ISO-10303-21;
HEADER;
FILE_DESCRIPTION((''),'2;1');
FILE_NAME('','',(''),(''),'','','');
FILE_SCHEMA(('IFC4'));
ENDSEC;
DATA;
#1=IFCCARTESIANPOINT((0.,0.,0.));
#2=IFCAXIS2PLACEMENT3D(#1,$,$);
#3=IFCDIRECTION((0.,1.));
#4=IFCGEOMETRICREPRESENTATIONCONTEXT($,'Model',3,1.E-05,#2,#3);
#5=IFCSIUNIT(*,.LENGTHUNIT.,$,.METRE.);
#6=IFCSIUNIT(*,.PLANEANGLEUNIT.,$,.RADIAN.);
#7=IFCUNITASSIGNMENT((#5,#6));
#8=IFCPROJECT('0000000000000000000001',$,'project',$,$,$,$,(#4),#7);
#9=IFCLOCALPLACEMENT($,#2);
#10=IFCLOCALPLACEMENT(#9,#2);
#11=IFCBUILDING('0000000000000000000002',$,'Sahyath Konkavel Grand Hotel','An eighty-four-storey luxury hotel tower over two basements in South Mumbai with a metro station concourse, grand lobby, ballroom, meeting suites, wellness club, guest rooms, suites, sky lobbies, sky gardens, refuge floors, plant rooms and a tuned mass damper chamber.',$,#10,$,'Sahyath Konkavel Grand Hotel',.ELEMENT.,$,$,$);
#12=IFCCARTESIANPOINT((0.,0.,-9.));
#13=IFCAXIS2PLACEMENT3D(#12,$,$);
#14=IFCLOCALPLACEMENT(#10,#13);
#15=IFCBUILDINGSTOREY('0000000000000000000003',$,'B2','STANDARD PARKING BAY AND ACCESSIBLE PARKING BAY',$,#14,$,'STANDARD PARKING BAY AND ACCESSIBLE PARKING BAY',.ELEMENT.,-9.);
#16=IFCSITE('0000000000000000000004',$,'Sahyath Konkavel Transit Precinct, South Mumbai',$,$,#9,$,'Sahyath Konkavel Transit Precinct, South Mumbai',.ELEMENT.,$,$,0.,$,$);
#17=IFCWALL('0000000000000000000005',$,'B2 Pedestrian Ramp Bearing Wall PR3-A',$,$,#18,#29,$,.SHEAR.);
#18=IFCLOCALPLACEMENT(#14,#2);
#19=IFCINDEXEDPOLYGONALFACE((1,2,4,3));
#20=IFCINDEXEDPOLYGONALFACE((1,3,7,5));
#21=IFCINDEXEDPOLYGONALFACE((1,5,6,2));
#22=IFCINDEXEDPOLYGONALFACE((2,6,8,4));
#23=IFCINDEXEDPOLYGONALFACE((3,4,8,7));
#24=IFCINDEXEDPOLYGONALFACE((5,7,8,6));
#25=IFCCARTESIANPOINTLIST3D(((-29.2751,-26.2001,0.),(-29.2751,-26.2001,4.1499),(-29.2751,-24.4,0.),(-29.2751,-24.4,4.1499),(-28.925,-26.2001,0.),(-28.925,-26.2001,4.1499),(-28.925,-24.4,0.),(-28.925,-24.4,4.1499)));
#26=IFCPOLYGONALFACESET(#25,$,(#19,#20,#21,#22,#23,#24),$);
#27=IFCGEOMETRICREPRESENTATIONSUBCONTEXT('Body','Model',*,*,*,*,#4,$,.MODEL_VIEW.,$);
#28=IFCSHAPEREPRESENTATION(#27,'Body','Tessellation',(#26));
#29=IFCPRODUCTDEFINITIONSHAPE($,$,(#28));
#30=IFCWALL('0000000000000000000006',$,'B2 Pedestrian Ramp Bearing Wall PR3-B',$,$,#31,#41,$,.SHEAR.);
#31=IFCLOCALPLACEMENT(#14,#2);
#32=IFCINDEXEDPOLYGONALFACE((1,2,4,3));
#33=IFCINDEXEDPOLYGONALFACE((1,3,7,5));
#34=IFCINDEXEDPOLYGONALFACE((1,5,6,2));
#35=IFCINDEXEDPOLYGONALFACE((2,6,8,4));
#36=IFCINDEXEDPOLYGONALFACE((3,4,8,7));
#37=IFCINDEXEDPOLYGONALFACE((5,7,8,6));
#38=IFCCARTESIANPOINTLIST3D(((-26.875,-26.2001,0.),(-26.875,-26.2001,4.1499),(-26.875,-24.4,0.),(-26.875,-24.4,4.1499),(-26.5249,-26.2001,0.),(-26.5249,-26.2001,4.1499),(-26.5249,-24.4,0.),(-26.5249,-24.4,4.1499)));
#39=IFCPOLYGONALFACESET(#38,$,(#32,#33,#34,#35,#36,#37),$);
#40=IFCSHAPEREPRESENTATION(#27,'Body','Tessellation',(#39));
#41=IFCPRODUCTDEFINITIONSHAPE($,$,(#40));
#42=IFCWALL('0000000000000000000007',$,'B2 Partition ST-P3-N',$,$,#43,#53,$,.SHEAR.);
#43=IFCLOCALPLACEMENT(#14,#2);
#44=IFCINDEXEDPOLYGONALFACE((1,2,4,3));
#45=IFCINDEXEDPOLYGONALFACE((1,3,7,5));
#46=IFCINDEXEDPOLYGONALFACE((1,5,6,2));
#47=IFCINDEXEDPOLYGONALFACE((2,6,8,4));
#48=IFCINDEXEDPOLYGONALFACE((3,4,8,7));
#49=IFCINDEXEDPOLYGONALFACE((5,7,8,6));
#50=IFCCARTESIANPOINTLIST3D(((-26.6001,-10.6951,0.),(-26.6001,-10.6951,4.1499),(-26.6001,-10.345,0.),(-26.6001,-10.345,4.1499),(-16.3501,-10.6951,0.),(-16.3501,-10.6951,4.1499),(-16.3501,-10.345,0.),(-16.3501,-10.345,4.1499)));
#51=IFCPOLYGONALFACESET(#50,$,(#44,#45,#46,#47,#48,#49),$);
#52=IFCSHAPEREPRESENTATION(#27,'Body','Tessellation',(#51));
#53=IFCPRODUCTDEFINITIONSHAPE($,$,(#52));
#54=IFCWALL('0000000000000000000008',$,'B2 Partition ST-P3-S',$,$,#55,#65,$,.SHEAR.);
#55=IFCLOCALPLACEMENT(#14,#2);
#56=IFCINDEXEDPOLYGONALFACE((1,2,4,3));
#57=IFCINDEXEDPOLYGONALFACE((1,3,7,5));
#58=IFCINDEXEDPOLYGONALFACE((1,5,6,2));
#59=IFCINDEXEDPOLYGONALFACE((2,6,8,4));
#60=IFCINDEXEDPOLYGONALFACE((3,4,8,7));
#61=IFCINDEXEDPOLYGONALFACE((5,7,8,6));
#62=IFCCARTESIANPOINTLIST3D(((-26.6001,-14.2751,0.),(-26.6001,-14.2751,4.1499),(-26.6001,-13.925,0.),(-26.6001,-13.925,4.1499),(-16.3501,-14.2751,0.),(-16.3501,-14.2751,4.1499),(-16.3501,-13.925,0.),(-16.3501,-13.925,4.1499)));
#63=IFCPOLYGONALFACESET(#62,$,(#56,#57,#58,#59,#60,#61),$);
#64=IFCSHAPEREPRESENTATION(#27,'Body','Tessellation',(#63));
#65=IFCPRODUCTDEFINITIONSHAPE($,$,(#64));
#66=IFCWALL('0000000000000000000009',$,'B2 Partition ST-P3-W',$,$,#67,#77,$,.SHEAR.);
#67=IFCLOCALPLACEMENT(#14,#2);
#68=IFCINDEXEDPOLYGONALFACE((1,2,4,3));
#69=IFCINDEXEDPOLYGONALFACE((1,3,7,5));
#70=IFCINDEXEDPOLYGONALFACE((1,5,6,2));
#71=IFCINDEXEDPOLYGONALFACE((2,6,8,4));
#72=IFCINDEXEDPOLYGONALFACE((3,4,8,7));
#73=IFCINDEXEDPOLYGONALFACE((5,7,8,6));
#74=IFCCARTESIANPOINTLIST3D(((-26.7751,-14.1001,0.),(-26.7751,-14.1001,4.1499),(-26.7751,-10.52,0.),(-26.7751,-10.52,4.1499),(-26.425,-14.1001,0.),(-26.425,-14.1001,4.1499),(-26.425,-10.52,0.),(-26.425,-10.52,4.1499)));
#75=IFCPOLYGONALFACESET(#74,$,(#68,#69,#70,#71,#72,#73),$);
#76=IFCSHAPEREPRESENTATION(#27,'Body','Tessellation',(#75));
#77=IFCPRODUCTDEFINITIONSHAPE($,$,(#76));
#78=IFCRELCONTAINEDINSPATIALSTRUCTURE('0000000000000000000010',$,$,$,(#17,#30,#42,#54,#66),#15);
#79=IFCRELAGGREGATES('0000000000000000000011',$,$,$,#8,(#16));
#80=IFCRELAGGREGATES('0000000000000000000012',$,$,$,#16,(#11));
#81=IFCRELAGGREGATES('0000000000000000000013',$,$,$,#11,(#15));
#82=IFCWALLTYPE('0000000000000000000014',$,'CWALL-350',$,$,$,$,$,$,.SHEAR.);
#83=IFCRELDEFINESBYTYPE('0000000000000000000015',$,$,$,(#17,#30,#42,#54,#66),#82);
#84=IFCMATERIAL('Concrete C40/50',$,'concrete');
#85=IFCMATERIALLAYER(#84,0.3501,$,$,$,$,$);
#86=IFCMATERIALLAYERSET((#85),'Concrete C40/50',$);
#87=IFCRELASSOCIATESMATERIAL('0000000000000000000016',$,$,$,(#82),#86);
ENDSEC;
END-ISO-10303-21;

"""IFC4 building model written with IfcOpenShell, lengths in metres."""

from ifc_helpers import new_model, si_unit, direction, frame, frame_2d, origin, place, context, subcontext, project, spatial, rectangle, extrude, material, layer, layer_set, type_object, element, save


model = new_model("IFC4")

# Units and contexts
model_context = context("Model", 3, precision=1e-05, world=origin(), true_north=direction((0.0, 1.0)))
body_context = subcontext(model_context, "Body", "Model", "MODEL_VIEW")
ifc_project = project(units=[si_unit("LENGTHUNIT", "METRE"), si_unit("PLANEANGLEUNIT", "RADIAN")], contexts=[model_context])

# Site, building, storey
site_placement = place(None, origin())
site = spatial("IfcSite", under=ifc_project, at=site_placement, Name="Sahyath Konkavel Transit Precinct, South Mumbai", LongName="Sahyath Konkavel Transit Precinct, South Mumbai", CompositionType="ELEMENT", RefElevation=0.0)
building_placement = place(site_placement, origin())
building = spatial("IfcBuilding", under=site, at=building_placement, Name="Sahyath Konkavel Grand Hotel", Description="An eighty-four-storey luxury hotel tower over two basements in South Mumbai with a metro station concourse, grand lobby, ballroom, meeting suites, wellness club, guest rooms, suites, sky lobbies, sky gardens, refuge floors, plant rooms and a tuned mass damper chamber.", LongName="Sahyath Konkavel Grand Hotel", CompositionType="ELEMENT")
storey_placement = place(building_placement, frame((0.0, 0.0, -9.0)))
storey = spatial("IfcBuildingStorey", under=building, at=storey_placement, Name="B2", Description="STANDARD PARKING BAY AND ACCESSIBLE PARKING BAY", LongName="STANDARD PARKING BAY AND ACCESSIBLE PARKING BAY", CompositionType="ELEMENT", Elevation=-9.0)

# Walls
ifc_material_1 = material(Name="Concrete C40/50", Category="concrete")
ifc_layer = layer(ifc_material_1, 0.3501)
ifc_layer_set = layer_set([ifc_layer], Name="Concrete C40/50")
wall_type = type_object("IfcWallType", Name="CWALL-350", PredefinedType="SHEAR", material=ifc_layer_set)
for number, where, z_axis, x_axis, name in (
    (1, (-29.1001, -26.2, 0.0), (0.0, 0.0, 1.0), (0.0, 1.0, 0.0), "B2 Pedestrian Ramp Bearing Wall PR3-A"),
    (2, (-26.7, -26.2, 0.0), (0.0, 0.0, 1.0), (0.0, 1.0, 0.0), "B2 Pedestrian Ramp Bearing Wall PR3-B"),
):
    element("IfcWall", number, at=place(storey_placement, frame(where, z_axis=z_axis, x_axis=x_axis)), inside=storey, type_object=wall_type, Name=name, PredefinedType="SHEAR", context=body_context, shape_type="SweptSolid", body=[
        extrude(rectangle(XDim=1.8, YDim=0.3501, at=frame_2d((0.8999, 0.0))), origin(), (0.0, 0.0, 1.0), 4.1499),
    ])
for number, where, z_axis, x_axis, name in (
    (3, (-26.6001, -10.52, 0.0), (0.0, 0.0, 1.0), (1.0, 0.0, 0.0), "B2 Partition ST-P3-N"),
    (4, (-26.6001, -14.1001, 0.0), (0.0, 0.0, 1.0), (1.0, 0.0, 0.0), "B2 Partition ST-P3-S"),
):
    element("IfcWall", number, at=place(storey_placement, frame(where, z_axis=z_axis, x_axis=x_axis)), inside=storey, type_object=wall_type, Name=name, PredefinedType="SHEAR", context=body_context, shape_type="SweptSolid", body=[
        extrude(rectangle(XDim=10.25, YDim=0.3501, at=frame_2d((5.125, 0.0))), origin(), (0.0, 0.0, 1.0), 4.1499),
    ])
wall_placement = place(storey_placement, frame((-26.6001, -14.1001, 0.0), z_axis=(0.0, 0.0, 1.0), x_axis=(0.0, 1.0, 0.0)))
element("IfcWall", 5, at=wall_placement, inside=storey, type_object=wall_type, Name="B2 Partition ST-P3-W", PredefinedType="SHEAR", context=body_context, shape_type="SweptSolid", body=[
    extrude(rectangle(XDim=3.5801, YDim=0.3501, at=frame_2d((1.79, 0.0))), origin(), (0.0, 0.0, 1.0), 4.1499),
])

save(model, "model.ifc")
